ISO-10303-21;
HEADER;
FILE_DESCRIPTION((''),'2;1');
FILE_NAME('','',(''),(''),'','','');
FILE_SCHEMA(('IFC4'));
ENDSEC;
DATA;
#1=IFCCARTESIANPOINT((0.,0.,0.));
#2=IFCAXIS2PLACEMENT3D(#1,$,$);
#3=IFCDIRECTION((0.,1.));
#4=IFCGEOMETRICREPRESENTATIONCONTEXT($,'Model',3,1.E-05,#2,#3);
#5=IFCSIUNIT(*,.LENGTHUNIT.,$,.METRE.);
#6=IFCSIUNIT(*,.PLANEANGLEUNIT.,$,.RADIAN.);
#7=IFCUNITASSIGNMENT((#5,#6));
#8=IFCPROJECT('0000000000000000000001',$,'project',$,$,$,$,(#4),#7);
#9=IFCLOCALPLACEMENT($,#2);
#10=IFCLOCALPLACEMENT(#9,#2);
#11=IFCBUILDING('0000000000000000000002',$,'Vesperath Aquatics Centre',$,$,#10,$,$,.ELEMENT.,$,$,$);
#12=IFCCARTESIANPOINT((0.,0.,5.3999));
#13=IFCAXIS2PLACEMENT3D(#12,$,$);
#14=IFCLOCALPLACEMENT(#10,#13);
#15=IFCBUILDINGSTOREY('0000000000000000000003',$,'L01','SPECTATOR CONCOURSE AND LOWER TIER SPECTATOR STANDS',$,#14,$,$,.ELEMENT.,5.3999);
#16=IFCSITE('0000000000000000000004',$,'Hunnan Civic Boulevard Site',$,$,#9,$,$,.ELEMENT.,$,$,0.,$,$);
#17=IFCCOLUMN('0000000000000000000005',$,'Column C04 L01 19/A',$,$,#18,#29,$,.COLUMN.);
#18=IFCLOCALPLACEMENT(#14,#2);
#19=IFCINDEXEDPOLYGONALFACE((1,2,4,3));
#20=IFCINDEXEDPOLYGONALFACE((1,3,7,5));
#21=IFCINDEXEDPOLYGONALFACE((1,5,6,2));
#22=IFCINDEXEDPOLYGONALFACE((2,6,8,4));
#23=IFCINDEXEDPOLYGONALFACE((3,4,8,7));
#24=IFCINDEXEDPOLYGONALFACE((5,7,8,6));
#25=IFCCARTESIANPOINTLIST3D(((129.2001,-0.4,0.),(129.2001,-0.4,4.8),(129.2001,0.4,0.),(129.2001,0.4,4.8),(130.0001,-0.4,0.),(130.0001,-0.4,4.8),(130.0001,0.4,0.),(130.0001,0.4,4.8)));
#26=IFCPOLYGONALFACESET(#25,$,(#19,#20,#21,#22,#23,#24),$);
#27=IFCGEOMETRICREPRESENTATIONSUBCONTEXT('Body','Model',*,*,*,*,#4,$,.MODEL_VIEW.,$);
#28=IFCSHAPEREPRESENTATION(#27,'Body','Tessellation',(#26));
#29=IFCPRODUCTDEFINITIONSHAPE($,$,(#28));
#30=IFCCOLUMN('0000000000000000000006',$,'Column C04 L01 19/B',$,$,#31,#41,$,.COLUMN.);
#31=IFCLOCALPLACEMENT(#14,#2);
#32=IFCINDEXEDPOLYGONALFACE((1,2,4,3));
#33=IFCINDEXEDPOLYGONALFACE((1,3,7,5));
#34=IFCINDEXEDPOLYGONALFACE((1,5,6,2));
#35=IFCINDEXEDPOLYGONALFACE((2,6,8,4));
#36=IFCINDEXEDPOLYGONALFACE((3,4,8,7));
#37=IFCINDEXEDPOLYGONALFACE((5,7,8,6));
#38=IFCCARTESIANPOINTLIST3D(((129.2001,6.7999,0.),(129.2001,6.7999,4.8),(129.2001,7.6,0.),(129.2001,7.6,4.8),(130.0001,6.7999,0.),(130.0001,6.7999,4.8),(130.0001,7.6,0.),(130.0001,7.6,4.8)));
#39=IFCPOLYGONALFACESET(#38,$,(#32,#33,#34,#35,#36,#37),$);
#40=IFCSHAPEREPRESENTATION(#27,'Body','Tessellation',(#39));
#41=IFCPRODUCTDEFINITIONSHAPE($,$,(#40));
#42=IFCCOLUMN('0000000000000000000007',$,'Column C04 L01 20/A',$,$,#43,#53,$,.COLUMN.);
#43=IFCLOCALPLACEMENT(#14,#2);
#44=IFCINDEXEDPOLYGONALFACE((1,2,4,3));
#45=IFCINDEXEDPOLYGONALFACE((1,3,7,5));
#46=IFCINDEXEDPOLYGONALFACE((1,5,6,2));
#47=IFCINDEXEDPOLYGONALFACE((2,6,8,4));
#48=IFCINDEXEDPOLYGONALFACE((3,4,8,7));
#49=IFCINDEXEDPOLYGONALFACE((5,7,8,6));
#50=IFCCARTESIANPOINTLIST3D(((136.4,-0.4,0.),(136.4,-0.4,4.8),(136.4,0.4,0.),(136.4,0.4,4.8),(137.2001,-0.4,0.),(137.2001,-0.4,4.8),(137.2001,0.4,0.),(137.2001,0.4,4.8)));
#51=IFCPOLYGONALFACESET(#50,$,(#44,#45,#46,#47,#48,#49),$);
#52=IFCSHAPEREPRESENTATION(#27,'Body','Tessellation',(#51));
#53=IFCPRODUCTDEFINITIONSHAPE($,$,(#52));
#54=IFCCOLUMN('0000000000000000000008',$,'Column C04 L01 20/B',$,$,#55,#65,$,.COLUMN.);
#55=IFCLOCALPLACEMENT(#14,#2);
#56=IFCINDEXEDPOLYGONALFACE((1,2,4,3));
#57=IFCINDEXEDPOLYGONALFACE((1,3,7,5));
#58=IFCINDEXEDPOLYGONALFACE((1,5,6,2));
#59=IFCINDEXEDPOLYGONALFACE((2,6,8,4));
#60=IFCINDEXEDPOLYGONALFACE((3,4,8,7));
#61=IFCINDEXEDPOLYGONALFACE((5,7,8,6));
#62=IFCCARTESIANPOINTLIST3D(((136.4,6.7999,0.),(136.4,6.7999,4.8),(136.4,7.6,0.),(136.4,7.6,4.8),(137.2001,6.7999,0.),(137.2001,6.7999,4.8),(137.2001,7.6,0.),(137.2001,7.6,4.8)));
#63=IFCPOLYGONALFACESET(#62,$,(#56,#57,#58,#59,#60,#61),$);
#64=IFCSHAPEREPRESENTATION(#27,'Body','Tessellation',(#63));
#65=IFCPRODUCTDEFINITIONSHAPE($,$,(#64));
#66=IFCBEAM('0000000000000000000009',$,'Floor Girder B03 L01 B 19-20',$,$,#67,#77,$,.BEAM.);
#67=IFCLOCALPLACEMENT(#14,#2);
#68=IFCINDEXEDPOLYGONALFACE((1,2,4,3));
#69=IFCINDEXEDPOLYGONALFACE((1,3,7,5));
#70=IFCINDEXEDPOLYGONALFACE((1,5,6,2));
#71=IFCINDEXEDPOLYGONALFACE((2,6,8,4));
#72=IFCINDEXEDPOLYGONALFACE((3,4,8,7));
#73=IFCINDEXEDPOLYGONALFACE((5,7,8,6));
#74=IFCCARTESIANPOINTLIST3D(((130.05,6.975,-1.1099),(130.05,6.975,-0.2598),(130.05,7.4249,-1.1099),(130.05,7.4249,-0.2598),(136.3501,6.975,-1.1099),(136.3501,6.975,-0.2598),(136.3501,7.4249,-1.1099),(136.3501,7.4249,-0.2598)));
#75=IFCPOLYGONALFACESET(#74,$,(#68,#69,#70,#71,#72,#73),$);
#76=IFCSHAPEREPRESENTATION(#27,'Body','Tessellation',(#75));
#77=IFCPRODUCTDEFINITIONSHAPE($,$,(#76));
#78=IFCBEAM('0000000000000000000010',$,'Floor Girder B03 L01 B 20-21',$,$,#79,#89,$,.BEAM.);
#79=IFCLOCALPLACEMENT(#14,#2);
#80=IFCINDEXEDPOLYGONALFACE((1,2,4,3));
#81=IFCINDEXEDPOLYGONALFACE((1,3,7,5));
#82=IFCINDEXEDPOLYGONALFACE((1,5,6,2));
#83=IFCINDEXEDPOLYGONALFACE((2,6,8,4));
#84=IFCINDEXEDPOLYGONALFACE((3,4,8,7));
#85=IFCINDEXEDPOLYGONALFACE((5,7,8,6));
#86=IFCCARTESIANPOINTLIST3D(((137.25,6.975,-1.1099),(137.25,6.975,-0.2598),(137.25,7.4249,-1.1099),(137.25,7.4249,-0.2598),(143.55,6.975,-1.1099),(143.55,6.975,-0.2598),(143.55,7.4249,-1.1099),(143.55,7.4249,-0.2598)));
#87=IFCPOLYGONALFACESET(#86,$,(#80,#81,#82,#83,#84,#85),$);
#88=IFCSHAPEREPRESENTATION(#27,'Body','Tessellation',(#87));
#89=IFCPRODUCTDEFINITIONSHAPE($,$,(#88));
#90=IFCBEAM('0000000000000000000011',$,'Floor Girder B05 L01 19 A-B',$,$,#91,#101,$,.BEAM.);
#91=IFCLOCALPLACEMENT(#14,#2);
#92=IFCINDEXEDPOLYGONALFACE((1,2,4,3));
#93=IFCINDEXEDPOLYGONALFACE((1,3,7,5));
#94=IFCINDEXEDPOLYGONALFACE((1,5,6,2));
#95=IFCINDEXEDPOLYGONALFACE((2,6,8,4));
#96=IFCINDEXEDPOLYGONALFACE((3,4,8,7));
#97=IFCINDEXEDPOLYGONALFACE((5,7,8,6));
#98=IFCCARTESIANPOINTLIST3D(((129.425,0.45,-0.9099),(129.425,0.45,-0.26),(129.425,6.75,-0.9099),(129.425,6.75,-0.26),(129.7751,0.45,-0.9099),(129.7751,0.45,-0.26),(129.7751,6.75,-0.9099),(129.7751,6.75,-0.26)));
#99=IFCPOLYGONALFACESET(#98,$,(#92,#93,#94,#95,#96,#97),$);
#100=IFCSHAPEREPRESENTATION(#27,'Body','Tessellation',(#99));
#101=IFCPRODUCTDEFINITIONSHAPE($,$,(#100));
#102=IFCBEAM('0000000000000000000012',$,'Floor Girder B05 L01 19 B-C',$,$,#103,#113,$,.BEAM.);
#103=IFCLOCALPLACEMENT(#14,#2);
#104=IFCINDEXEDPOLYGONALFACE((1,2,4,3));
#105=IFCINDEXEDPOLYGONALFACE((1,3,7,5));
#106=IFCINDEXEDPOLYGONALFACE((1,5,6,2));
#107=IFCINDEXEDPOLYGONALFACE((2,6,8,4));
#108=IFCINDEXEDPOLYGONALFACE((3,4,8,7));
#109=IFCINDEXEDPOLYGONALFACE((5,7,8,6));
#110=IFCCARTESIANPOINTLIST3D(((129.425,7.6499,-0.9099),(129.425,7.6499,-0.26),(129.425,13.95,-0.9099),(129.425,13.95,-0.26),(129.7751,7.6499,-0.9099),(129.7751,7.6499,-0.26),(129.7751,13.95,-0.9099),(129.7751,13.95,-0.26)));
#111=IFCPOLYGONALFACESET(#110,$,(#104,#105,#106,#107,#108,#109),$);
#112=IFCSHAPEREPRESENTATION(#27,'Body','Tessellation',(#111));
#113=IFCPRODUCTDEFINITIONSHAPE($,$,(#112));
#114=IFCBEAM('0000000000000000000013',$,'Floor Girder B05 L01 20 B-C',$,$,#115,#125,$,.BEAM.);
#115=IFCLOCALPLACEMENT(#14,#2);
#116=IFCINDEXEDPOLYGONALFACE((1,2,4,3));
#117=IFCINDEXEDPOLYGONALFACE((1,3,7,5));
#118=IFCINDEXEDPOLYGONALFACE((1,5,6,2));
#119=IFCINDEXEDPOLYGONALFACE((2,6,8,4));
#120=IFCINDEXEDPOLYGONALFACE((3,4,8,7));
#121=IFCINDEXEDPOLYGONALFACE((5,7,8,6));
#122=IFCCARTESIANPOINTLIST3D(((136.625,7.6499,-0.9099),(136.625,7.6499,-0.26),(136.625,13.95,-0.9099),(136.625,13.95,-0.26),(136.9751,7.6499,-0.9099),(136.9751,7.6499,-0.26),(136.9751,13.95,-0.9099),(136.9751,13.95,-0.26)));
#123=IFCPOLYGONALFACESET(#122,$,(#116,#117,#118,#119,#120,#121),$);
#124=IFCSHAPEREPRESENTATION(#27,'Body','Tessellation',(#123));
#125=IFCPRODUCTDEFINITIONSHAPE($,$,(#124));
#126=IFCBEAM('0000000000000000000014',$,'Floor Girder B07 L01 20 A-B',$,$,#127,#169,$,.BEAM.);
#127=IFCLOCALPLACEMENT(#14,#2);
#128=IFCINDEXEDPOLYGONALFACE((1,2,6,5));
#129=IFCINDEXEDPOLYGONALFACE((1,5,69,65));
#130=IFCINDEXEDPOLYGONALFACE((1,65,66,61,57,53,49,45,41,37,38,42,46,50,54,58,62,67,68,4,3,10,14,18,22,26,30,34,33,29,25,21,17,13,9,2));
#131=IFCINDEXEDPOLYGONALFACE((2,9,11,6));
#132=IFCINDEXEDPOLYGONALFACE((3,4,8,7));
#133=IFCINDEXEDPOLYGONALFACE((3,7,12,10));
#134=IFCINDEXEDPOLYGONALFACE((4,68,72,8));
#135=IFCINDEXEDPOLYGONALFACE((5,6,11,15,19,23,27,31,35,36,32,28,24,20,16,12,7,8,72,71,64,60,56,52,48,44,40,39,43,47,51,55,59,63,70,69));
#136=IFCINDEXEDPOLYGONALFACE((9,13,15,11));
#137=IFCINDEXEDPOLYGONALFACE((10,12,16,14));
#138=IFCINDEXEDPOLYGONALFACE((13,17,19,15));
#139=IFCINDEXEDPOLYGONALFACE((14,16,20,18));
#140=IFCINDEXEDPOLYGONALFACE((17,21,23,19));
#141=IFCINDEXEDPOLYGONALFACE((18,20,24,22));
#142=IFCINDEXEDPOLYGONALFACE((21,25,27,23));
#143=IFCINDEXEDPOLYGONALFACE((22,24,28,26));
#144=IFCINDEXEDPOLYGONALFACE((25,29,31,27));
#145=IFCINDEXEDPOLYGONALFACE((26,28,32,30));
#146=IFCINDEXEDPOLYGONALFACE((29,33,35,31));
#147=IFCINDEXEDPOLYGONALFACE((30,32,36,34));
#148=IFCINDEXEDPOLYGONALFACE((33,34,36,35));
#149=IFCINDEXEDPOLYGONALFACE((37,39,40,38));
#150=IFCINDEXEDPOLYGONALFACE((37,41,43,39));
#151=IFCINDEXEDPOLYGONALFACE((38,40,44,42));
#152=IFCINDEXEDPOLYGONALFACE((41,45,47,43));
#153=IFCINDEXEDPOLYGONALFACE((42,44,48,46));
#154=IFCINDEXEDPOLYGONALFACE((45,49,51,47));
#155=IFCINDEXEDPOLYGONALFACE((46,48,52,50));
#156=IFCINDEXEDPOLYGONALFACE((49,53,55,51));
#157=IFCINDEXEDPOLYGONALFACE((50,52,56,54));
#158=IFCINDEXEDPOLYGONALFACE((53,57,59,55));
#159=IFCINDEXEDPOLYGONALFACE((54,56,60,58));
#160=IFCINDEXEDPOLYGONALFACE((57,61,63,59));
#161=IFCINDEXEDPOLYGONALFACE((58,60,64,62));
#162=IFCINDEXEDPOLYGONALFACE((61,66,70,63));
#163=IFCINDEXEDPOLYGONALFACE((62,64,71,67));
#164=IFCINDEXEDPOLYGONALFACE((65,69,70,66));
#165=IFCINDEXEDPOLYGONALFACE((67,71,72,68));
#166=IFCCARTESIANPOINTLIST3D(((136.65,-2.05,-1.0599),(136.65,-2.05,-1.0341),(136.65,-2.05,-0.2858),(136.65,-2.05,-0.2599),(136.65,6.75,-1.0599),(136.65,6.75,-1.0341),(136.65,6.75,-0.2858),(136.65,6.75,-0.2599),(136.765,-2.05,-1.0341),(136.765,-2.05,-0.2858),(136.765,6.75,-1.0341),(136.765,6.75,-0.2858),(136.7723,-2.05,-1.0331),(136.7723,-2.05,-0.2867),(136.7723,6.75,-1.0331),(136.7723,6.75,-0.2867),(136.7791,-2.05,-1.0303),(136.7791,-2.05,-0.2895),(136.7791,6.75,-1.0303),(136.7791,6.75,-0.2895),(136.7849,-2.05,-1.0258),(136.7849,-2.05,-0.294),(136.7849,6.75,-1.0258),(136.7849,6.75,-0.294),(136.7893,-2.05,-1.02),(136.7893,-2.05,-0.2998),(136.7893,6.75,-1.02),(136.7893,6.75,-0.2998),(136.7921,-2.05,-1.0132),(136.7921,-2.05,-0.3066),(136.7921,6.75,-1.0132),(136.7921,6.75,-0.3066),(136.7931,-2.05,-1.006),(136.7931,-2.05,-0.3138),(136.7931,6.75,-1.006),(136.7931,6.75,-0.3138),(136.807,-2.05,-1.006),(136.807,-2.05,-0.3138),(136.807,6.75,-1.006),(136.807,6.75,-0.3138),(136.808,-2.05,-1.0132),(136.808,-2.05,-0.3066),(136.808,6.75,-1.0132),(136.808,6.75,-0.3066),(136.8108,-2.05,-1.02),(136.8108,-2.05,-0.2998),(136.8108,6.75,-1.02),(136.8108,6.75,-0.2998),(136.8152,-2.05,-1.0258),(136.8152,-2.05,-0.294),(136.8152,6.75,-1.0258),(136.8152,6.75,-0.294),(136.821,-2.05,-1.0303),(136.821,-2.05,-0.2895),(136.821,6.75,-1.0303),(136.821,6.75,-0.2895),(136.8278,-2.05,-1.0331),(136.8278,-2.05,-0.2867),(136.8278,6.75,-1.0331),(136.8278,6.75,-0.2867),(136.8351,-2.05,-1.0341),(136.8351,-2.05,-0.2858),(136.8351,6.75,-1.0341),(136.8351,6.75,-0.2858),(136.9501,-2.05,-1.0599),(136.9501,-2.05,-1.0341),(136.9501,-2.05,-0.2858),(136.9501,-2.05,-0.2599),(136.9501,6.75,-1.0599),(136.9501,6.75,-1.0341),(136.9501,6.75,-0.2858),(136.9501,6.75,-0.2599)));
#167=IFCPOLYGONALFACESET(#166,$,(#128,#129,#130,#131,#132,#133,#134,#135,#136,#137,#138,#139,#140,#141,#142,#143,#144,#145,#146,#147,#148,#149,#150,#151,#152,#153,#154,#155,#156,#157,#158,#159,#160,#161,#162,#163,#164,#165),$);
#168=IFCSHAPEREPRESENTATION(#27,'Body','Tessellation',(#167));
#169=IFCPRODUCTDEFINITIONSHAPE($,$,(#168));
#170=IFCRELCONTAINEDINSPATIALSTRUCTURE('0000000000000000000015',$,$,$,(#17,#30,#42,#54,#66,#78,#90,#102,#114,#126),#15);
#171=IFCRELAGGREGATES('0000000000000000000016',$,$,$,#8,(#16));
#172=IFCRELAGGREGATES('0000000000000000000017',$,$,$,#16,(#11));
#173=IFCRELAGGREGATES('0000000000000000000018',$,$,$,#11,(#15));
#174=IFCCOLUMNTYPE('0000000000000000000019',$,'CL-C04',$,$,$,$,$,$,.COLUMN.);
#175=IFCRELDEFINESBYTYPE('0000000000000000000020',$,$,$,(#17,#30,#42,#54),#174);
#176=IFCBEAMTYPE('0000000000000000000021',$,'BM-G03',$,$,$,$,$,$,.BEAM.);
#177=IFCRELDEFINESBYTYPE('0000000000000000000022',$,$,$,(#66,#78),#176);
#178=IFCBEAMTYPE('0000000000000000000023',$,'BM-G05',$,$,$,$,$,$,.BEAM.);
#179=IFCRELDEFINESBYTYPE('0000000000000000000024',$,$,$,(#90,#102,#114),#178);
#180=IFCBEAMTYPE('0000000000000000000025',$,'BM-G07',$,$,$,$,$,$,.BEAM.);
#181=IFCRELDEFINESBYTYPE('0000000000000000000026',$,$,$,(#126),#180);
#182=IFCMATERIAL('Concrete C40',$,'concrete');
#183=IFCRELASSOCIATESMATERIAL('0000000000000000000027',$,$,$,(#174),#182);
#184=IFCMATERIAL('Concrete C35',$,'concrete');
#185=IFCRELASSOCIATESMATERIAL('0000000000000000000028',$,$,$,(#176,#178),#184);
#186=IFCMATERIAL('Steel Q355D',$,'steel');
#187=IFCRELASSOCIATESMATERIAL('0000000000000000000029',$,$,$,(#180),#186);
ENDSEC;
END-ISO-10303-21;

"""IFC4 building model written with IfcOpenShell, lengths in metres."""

from ifc_helpers import new_model, si_unit, direction, frame, origin, origin_2d, place, context, subcontext, project, spatial, rectangle, i_section, extrude, material, material_profile, profile_set, type_object, element, save


model = new_model("IFC4")

# Units and contexts
model_context = context("Model", 3, precision=1e-05, world=origin(), true_north=direction((0.0, 1.0)))
body_context = subcontext(model_context, "Body", "Model", "MODEL_VIEW")
ifc_project = project(units=[si_unit("LENGTHUNIT", "METRE"), si_unit("PLANEANGLEUNIT", "RADIAN")], contexts=[model_context])

# Site, building, storey
site_placement = place(None, origin())
site = spatial("IfcSite", under=ifc_project, at=site_placement, Name="Hunnan Civic Boulevard Site", CompositionType="ELEMENT", RefElevation=0.0)
building_placement = place(site_placement, origin())
building = spatial("IfcBuilding", under=site, at=building_placement, Name="Vesperath Aquatics Centre", CompositionType="ELEMENT")
storey_placement = place(building_placement, frame((0.0, 0.0, 5.3999)))
storey = spatial("IfcBuildingStorey", under=building, at=storey_placement, Name="L01", Description="SPECTATOR CONCOURSE AND LOWER TIER SPECTATOR STANDS", CompositionType="ELEMENT", Elevation=5.3999)

# Columns
ifc_material_1 = material(Name="Concrete C40", Category="concrete")
ifc_material_profile_1 = material_profile(ifc_material_1, rectangle(XDim=0.8, YDim=0.8, at=origin_2d()), Name="RC 800x800")
ifc_profile_set_1 = profile_set([ifc_material_profile_1], Name="Concrete C40")
column_type = type_object("IfcColumnType", Name="CL-C04", PredefinedType="COLUMN", material=ifc_profile_set_1)
for number, where, z_axis, x_axis, name in (
    (1, (129.6001, 0.0, 0.0), (0.0, 0.0, 1.0), (1.0, 0.0, 0.0), "Column C04 L01 19/A"),
    (2, (129.6001, 7.2, 0.0), (0.0, 0.0, 1.0), (1.0, 0.0, 0.0), "Column C04 L01 19/B"),
    (3, (136.8, 0.0, 0.0), (0.0, 0.0, 1.0), (1.0, 0.0, 0.0), "Column C04 L01 20/A"),
    (4, (136.8, 7.2, 0.0), (0.0, 0.0, 1.0), (1.0, 0.0, 0.0), "Column C04 L01 20/B"),
):
    element("IfcColumn", number, at=place(storey_placement, frame(where, z_axis=z_axis, x_axis=x_axis)), inside=storey, type_object=column_type, Name=name, PredefinedType="COLUMN", context=body_context, shape_type="SweptSolid", body=[
        extrude(rectangle(XDim=0.8, YDim=0.8, at=origin_2d()), origin(), (0.0, 0.0, 1.0), 4.8),
    ])

# Beams
ifc_material_2 = material(Name="Concrete C35", Category="concrete")
ifc_material_profile_2 = material_profile(ifc_material_2, rectangle(XDim=0.45, YDim=0.8501, at=origin_2d()), Name="RC 450x850")
ifc_profile_set_2 = profile_set([ifc_material_profile_2], Name="Concrete C35")
beam_type_1 = type_object("IfcBeamType", Name="BM-G03", PredefinedType="BEAM", material=ifc_profile_set_2)
for number, where, z_axis, x_axis, name in (
    (5, (130.05, 7.2, -0.6848), (1.0, 0.0, 0.0), (0.0, 1.0, 0.0), "Floor Girder B03 L01 B 19-20"),
    (6, (137.25, 7.2, -0.6848), (1.0, 0.0, 0.0), (0.0, 1.0, 0.0), "Floor Girder B03 L01 B 20-21"),
):
    element("IfcBeam", number, at=place(storey_placement, frame(where, z_axis=z_axis, x_axis=x_axis)), inside=storey, type_object=beam_type_1, Name=name, PredefinedType="BEAM", context=body_context, shape_type="SweptSolid", body=[
        extrude(rectangle(XDim=0.45, YDim=0.8501, at=origin_2d()), origin(), (0.0, 0.0, 1.0), 6.3),
    ])
ifc_material_profile_3 = material_profile(ifc_material_2, rectangle(XDim=0.3501, YDim=0.6499, at=origin_2d()), Name="RC 350x650")
ifc_profile_set_3 = profile_set([ifc_material_profile_3], Name="Concrete C35")
beam_type_2 = type_object("IfcBeamType", Name="BM-G05", PredefinedType="BEAM", material=ifc_profile_set_3)
for number, where, z_axis, x_axis, name in (
    (7, (129.6001, 0.45, -0.585), (0.0, 1.0, 0.0), (-1.0, 0.0, 0.0), "Floor Girder B05 L01 19 A-B"),
    (8, (129.6001, 7.6499, -0.585), (0.0, 1.0, 0.0), (-1.0, 0.0, 0.0), "Floor Girder B05 L01 19 B-C"),
    (9, (136.8, 7.6499, -0.585), (0.0, 1.0, 0.0), (-1.0, 0.0, 0.0), "Floor Girder B05 L01 20 B-C"),
):
    element("IfcBeam", number, at=place(storey_placement, frame(where, z_axis=z_axis, x_axis=x_axis)), inside=storey, type_object=beam_type_2, Name=name, PredefinedType="BEAM", context=body_context, shape_type="SweptSolid", body=[
        extrude(rectangle(XDim=0.3501, YDim=0.6499, at=origin_2d()), origin(), (0.0, 0.0, 1.0), 6.3),
    ])
ifc_material_3 = material(Name="Steel Q355D", Category="steel")
ifc_material_profile_4 = material_profile(ifc_material_3, i_section(OverallWidth=0.3, OverallDepth=0.8, WebThickness=0.0139, FlangeThickness=0.0259, FilletRadius=0.0281, at=origin_2d()), Name="HN 800x300x14x26")
ifc_profile_set_4 = profile_set([ifc_material_profile_4], Name="Steel Q355D")
beam_type_3 = type_object("IfcBeamType", Name="BM-G07", PredefinedType="BEAM", material=ifc_profile_set_4)
beam_1_placement = place(storey_placement, frame((136.8, -2.05, -0.6599), z_axis=(0.0, 1.0, 0.0), x_axis=(-1.0, 0.0, 0.0)))
element("IfcBeam", 10, at=beam_1_placement, inside=storey, type_object=beam_type_3, Name="Floor Girder B07 L01 20 A-B", PredefinedType="BEAM", context=body_context, shape_type="SweptSolid", body=[
    extrude(i_section(OverallWidth=0.3, OverallDepth=0.8, WebThickness=0.0139, FlangeThickness=0.0259, FilletRadius=0.0281, at=origin_2d()), origin(), (0.0, 0.0, 1.0), 8.8),
])

save(model, "model.ifc")
